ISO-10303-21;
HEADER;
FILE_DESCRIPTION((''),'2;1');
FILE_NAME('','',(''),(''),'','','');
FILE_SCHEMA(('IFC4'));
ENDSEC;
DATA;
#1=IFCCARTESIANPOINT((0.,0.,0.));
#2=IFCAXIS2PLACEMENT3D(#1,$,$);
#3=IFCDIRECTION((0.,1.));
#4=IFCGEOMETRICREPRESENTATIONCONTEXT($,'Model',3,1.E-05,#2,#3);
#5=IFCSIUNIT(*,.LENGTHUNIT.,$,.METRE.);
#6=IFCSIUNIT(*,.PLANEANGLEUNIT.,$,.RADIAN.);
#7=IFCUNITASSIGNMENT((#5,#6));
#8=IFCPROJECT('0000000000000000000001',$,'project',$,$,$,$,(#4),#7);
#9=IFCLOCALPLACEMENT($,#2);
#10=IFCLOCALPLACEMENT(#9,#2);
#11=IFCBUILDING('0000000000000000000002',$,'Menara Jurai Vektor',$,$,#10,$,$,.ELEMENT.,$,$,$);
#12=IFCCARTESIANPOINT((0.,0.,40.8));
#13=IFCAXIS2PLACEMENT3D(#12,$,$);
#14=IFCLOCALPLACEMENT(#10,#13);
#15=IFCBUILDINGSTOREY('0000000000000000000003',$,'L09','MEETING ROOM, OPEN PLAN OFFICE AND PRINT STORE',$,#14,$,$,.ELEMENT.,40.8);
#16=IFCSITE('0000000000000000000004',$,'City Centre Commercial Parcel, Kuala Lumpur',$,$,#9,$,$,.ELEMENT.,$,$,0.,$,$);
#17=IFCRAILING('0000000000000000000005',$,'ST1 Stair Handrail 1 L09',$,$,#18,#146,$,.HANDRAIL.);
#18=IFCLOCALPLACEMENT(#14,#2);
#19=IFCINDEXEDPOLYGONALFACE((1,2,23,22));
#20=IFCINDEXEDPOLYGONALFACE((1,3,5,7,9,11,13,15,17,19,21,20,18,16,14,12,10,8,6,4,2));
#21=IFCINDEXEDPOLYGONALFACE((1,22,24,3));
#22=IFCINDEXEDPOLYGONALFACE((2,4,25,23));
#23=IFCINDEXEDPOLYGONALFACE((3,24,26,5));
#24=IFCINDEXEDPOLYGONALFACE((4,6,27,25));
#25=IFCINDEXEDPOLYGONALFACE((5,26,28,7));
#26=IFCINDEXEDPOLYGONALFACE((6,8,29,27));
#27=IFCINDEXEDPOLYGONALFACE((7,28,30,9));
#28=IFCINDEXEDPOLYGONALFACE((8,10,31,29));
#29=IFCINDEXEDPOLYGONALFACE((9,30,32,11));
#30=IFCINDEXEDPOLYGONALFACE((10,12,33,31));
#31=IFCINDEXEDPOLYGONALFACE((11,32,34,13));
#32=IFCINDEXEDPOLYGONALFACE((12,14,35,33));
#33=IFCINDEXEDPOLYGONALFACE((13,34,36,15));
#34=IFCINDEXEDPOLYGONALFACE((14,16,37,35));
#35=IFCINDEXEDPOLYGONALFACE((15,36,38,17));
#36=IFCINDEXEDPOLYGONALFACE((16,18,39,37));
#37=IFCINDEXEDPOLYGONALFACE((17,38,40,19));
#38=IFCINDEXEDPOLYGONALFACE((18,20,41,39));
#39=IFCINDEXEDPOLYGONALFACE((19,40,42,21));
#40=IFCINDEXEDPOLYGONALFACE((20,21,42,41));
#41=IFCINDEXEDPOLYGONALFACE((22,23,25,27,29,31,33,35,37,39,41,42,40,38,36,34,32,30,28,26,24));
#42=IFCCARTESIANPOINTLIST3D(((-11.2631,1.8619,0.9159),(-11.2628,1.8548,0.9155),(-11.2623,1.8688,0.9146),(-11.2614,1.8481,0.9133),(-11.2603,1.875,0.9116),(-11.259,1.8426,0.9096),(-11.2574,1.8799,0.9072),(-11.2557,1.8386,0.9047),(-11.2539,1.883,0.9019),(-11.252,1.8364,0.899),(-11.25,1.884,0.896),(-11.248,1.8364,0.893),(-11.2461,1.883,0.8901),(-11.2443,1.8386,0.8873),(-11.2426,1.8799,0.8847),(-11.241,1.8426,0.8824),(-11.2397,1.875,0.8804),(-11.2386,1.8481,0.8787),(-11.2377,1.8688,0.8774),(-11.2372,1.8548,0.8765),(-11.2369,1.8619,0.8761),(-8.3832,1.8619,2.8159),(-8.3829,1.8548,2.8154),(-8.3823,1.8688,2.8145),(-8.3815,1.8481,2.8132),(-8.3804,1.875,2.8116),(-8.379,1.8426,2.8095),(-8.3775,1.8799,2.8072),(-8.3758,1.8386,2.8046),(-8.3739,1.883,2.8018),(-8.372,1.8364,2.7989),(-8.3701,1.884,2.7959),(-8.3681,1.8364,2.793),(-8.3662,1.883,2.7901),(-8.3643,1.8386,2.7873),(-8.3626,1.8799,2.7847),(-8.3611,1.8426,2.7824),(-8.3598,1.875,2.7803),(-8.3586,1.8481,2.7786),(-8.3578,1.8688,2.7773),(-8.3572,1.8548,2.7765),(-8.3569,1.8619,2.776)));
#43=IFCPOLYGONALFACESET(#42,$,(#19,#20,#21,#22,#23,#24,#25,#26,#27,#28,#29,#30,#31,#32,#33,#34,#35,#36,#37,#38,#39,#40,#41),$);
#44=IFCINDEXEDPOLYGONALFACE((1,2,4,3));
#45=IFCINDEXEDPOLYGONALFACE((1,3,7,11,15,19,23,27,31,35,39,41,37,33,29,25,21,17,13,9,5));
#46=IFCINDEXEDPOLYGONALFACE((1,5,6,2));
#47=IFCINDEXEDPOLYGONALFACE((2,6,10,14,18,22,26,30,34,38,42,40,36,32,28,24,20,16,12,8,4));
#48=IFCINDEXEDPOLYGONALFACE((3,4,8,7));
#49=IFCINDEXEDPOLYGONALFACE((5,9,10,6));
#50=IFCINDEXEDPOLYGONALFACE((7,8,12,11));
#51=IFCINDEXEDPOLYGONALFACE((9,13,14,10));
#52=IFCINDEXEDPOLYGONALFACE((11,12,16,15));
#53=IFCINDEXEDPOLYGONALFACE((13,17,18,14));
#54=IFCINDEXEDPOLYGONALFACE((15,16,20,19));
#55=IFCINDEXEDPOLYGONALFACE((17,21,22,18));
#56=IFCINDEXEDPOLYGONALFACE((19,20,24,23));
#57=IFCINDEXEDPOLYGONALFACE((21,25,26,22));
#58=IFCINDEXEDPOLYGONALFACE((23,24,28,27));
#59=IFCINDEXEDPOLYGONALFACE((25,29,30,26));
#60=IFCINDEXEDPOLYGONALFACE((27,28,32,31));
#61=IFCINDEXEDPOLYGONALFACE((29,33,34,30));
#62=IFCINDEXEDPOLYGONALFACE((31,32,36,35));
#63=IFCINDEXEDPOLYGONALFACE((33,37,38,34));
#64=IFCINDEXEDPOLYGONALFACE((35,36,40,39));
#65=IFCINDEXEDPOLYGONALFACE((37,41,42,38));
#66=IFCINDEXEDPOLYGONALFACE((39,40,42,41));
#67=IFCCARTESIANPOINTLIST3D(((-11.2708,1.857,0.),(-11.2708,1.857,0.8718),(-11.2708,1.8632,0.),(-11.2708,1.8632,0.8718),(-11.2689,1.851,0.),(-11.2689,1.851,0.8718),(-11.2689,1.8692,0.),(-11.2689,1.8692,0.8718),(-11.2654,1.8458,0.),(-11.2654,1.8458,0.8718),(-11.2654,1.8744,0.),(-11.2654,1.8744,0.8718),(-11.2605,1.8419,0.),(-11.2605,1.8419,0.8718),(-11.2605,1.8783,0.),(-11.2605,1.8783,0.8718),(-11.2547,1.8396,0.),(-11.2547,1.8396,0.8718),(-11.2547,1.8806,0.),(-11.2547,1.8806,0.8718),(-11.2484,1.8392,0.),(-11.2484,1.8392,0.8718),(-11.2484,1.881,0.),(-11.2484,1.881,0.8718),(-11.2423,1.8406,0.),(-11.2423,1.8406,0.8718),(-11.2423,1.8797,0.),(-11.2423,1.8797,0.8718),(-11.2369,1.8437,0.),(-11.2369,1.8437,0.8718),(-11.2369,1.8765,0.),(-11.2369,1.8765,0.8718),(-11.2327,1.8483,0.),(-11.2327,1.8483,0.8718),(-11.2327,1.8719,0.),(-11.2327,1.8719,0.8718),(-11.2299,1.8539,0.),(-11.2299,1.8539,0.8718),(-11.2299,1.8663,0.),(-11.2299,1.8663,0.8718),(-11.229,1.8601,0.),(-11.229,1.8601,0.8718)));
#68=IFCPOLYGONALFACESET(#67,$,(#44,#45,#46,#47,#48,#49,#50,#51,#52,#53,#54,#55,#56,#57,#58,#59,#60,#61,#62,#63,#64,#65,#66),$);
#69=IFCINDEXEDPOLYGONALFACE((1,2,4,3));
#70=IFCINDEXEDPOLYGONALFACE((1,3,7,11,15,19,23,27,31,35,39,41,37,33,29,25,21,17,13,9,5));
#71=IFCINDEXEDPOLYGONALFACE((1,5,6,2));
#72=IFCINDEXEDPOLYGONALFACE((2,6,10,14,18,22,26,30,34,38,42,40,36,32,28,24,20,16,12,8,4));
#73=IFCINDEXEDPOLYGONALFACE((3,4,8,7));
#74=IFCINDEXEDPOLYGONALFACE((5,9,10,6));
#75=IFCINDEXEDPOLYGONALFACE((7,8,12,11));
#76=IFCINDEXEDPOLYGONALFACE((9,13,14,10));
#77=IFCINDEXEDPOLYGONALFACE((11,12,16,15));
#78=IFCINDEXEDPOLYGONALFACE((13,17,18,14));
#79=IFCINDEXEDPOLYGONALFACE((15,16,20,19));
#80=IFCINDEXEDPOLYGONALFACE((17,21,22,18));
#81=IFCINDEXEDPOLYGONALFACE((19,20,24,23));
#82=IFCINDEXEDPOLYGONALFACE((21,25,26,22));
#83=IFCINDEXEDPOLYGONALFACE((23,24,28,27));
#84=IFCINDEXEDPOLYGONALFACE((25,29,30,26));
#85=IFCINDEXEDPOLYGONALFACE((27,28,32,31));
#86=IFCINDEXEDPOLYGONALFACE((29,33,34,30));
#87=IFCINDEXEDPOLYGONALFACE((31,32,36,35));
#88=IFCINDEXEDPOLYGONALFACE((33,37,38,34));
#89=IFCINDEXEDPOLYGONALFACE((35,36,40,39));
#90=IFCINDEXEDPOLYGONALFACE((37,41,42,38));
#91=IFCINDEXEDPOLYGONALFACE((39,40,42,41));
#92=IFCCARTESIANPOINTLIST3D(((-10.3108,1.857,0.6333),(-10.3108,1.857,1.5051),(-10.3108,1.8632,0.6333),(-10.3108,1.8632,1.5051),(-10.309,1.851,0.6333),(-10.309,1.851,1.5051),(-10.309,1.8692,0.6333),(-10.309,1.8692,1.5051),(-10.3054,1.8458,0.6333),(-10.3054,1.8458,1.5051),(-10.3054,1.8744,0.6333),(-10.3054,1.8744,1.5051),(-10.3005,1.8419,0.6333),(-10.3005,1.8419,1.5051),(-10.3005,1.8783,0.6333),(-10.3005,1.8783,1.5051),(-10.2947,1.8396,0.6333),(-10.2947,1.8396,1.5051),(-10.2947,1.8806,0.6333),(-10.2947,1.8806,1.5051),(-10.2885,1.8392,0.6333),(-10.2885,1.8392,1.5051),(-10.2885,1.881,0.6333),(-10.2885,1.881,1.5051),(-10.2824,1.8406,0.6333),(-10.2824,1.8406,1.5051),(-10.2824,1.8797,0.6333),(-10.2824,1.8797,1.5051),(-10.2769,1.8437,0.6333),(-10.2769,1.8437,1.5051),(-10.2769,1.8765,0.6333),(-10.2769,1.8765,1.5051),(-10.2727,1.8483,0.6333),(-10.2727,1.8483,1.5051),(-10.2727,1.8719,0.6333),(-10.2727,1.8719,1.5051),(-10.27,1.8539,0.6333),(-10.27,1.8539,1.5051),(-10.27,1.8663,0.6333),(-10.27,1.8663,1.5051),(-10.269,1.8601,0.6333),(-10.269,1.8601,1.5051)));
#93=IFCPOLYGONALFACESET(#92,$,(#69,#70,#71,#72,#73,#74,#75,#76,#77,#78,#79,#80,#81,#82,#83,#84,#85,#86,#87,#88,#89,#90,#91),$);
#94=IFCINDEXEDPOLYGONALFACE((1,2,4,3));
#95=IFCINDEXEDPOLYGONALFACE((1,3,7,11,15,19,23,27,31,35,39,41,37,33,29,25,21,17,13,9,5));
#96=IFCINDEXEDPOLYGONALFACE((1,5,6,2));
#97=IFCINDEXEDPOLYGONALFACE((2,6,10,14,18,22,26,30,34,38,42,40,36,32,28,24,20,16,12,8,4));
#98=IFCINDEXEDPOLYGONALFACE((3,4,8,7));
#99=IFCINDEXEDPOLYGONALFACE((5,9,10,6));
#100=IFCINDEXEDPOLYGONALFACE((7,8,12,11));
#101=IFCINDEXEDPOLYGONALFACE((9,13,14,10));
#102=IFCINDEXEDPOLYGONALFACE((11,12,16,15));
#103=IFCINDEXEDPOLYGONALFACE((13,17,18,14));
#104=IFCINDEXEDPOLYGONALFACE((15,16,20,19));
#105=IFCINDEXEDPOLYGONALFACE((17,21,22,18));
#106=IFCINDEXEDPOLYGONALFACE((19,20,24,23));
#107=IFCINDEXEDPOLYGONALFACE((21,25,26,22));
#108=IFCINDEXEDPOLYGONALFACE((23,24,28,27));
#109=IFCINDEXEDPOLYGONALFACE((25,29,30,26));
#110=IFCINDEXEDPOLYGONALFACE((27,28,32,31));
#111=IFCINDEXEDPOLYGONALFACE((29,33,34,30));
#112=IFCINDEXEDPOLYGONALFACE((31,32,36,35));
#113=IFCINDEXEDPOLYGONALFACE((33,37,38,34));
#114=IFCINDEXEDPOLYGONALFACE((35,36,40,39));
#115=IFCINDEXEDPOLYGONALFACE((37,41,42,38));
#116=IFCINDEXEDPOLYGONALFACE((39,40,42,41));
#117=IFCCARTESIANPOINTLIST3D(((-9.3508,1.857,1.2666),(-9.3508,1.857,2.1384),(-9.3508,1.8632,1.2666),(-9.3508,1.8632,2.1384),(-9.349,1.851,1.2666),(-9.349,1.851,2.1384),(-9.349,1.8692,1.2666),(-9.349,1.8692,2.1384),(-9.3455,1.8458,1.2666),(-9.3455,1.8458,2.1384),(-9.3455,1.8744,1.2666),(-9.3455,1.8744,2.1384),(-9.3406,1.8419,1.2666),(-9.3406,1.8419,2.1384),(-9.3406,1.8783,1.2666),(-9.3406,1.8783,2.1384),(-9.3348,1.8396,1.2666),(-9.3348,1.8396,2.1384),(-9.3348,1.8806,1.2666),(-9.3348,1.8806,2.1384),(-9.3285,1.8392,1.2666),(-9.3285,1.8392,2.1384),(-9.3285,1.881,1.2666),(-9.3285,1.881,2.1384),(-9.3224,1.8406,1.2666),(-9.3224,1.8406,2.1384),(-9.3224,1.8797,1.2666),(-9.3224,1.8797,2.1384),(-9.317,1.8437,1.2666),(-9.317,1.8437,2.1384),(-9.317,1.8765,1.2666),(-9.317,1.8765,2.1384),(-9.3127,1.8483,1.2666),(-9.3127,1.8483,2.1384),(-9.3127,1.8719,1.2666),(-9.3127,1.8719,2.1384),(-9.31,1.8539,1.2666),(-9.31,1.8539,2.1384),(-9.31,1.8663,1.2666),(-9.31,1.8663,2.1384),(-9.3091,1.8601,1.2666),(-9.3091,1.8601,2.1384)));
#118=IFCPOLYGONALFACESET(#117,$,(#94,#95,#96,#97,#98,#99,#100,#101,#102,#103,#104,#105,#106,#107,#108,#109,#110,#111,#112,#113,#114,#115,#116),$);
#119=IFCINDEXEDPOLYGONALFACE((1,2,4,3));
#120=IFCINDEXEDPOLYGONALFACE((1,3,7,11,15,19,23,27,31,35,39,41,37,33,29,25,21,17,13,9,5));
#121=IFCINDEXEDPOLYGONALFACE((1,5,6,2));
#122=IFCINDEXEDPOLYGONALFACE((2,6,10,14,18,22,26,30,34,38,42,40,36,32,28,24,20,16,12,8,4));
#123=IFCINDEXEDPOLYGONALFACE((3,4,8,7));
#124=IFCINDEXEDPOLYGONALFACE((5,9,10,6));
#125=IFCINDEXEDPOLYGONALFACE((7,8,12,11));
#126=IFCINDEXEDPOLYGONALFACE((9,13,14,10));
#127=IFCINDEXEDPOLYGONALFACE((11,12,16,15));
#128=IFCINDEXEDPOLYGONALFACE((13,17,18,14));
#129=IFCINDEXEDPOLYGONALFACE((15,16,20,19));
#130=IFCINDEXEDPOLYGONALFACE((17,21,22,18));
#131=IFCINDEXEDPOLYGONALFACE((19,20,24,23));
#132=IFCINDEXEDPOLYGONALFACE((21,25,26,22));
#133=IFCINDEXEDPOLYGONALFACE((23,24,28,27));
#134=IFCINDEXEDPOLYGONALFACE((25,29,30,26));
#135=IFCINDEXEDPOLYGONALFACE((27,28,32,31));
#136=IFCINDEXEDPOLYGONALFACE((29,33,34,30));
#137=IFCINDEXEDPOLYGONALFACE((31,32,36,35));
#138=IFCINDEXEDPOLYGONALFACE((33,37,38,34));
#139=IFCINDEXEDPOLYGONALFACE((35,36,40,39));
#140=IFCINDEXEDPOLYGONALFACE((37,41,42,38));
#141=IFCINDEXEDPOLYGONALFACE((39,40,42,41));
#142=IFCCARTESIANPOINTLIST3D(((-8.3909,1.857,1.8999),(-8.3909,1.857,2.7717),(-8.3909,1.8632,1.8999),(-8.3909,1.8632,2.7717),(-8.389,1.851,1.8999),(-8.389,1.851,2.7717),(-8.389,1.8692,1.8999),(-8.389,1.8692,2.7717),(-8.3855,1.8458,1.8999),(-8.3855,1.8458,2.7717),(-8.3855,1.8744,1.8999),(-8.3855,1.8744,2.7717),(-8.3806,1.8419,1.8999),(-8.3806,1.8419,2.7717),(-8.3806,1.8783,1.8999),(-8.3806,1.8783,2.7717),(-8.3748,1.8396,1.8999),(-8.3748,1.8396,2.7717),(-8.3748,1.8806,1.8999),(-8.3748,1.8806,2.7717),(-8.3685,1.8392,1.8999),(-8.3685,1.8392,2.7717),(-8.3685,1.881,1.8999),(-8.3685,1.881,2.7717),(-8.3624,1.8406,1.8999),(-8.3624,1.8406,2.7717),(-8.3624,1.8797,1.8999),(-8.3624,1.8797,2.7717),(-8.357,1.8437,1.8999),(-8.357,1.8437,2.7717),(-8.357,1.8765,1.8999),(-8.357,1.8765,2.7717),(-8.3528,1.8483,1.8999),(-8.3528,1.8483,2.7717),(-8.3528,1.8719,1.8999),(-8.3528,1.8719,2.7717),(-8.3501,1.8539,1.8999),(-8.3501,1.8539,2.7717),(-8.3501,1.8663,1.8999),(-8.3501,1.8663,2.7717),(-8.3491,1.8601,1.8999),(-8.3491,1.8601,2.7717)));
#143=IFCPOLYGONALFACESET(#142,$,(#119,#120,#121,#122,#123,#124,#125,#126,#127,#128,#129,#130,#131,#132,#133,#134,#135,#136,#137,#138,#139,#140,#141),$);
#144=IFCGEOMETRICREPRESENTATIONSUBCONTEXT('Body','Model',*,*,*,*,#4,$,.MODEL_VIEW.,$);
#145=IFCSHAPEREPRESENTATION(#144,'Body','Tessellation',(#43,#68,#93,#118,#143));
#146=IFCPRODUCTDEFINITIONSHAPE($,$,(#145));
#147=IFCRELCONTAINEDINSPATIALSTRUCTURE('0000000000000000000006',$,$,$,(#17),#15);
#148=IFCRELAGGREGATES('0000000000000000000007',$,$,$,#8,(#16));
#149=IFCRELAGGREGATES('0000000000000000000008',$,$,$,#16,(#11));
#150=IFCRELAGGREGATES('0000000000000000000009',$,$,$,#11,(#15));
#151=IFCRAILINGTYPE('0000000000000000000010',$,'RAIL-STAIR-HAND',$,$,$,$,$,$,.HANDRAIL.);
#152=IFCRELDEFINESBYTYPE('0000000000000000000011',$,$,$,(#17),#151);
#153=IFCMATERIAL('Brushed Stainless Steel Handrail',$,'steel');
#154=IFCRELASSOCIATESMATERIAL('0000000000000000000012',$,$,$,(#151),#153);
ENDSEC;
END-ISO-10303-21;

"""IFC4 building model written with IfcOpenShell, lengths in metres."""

from ifc_helpers import new_model, si_unit, direction, frame, origin, origin_2d, place, context, subcontext, project, spatial, circle, extrude, material, type_object, element, save


model = new_model("IFC4")

# Units and contexts
model_context = context("Model", 3, precision=1e-05, world=origin(), true_north=direction((0.0, 1.0)))
body_context = subcontext(model_context, "Body", "Model", "MODEL_VIEW")
ifc_project = project(units=[si_unit("LENGTHUNIT", "METRE"), si_unit("PLANEANGLEUNIT", "RADIAN")], contexts=[model_context])

# Site, building, storey
site_placement = place(None, origin())
site = spatial("IfcSite", under=ifc_project, at=site_placement, Name="City Centre Commercial Parcel, Kuala Lumpur", CompositionType="ELEMENT", RefElevation=0.0)
building_placement = place(site_placement, origin())
building = spatial("IfcBuilding", under=site, at=building_placement, Name="Menara Jurai Vektor", CompositionType="ELEMENT")
storey_placement = place(building_placement, frame((0.0, 0.0, 40.8)))
storey = spatial("IfcBuildingStorey", under=building, at=storey_placement, Name="L09", Description="MEETING ROOM, OPEN PLAN OFFICE AND PRINT STORE", CompositionType="ELEMENT", Elevation=40.8)

# Railing
ifc_material_1 = material(Name="Brushed Stainless Steel Handrail", Category="steel")
railing_type_1 = type_object("IfcRailingType", Name="RAIL-STAIR-HAND", PredefinedType="HANDRAIL", material=ifc_material_1)
railing_1_placement = place(storey_placement, frame((-11.25, 1.8601, 0.0)))
element("IfcRailing", 1, at=railing_1_placement, inside=storey, type_object=railing_type_1, Name="ST1 Stair Handrail 1 L09", PredefinedType="HANDRAIL", context=body_context, shape_type="SweptSolid", body=[
    extrude(circle(Radius=0.0239, at=origin_2d()), frame((0.0, 0.0, 0.896), z_axis=(0.834719, 0.0, 0.550677), x_axis=(0.0, 1.0, 0.0)), (0.0, 0.0, 1.0), 3.4502),
    extrude(circle(Radius=0.021, at=origin_2d()), origin(), (0.0, 0.0, 1.0), 0.8718),
    extrude(circle(Radius=0.021, at=origin_2d()), frame((0.96, 0.0, 0.6333)), (0.0, 0.0, 1.0), 0.8718),
    extrude(circle(Radius=0.021, at=origin_2d()), frame((1.9199, 0.0, 1.2666)), (0.0, 0.0, 1.0), 0.8718),
    extrude(circle(Radius=0.021, at=origin_2d()), frame((2.8799, 0.0, 1.8999)), (0.0, 0.0, 1.0), 0.8718),
])

save(model, "model.ifc")
